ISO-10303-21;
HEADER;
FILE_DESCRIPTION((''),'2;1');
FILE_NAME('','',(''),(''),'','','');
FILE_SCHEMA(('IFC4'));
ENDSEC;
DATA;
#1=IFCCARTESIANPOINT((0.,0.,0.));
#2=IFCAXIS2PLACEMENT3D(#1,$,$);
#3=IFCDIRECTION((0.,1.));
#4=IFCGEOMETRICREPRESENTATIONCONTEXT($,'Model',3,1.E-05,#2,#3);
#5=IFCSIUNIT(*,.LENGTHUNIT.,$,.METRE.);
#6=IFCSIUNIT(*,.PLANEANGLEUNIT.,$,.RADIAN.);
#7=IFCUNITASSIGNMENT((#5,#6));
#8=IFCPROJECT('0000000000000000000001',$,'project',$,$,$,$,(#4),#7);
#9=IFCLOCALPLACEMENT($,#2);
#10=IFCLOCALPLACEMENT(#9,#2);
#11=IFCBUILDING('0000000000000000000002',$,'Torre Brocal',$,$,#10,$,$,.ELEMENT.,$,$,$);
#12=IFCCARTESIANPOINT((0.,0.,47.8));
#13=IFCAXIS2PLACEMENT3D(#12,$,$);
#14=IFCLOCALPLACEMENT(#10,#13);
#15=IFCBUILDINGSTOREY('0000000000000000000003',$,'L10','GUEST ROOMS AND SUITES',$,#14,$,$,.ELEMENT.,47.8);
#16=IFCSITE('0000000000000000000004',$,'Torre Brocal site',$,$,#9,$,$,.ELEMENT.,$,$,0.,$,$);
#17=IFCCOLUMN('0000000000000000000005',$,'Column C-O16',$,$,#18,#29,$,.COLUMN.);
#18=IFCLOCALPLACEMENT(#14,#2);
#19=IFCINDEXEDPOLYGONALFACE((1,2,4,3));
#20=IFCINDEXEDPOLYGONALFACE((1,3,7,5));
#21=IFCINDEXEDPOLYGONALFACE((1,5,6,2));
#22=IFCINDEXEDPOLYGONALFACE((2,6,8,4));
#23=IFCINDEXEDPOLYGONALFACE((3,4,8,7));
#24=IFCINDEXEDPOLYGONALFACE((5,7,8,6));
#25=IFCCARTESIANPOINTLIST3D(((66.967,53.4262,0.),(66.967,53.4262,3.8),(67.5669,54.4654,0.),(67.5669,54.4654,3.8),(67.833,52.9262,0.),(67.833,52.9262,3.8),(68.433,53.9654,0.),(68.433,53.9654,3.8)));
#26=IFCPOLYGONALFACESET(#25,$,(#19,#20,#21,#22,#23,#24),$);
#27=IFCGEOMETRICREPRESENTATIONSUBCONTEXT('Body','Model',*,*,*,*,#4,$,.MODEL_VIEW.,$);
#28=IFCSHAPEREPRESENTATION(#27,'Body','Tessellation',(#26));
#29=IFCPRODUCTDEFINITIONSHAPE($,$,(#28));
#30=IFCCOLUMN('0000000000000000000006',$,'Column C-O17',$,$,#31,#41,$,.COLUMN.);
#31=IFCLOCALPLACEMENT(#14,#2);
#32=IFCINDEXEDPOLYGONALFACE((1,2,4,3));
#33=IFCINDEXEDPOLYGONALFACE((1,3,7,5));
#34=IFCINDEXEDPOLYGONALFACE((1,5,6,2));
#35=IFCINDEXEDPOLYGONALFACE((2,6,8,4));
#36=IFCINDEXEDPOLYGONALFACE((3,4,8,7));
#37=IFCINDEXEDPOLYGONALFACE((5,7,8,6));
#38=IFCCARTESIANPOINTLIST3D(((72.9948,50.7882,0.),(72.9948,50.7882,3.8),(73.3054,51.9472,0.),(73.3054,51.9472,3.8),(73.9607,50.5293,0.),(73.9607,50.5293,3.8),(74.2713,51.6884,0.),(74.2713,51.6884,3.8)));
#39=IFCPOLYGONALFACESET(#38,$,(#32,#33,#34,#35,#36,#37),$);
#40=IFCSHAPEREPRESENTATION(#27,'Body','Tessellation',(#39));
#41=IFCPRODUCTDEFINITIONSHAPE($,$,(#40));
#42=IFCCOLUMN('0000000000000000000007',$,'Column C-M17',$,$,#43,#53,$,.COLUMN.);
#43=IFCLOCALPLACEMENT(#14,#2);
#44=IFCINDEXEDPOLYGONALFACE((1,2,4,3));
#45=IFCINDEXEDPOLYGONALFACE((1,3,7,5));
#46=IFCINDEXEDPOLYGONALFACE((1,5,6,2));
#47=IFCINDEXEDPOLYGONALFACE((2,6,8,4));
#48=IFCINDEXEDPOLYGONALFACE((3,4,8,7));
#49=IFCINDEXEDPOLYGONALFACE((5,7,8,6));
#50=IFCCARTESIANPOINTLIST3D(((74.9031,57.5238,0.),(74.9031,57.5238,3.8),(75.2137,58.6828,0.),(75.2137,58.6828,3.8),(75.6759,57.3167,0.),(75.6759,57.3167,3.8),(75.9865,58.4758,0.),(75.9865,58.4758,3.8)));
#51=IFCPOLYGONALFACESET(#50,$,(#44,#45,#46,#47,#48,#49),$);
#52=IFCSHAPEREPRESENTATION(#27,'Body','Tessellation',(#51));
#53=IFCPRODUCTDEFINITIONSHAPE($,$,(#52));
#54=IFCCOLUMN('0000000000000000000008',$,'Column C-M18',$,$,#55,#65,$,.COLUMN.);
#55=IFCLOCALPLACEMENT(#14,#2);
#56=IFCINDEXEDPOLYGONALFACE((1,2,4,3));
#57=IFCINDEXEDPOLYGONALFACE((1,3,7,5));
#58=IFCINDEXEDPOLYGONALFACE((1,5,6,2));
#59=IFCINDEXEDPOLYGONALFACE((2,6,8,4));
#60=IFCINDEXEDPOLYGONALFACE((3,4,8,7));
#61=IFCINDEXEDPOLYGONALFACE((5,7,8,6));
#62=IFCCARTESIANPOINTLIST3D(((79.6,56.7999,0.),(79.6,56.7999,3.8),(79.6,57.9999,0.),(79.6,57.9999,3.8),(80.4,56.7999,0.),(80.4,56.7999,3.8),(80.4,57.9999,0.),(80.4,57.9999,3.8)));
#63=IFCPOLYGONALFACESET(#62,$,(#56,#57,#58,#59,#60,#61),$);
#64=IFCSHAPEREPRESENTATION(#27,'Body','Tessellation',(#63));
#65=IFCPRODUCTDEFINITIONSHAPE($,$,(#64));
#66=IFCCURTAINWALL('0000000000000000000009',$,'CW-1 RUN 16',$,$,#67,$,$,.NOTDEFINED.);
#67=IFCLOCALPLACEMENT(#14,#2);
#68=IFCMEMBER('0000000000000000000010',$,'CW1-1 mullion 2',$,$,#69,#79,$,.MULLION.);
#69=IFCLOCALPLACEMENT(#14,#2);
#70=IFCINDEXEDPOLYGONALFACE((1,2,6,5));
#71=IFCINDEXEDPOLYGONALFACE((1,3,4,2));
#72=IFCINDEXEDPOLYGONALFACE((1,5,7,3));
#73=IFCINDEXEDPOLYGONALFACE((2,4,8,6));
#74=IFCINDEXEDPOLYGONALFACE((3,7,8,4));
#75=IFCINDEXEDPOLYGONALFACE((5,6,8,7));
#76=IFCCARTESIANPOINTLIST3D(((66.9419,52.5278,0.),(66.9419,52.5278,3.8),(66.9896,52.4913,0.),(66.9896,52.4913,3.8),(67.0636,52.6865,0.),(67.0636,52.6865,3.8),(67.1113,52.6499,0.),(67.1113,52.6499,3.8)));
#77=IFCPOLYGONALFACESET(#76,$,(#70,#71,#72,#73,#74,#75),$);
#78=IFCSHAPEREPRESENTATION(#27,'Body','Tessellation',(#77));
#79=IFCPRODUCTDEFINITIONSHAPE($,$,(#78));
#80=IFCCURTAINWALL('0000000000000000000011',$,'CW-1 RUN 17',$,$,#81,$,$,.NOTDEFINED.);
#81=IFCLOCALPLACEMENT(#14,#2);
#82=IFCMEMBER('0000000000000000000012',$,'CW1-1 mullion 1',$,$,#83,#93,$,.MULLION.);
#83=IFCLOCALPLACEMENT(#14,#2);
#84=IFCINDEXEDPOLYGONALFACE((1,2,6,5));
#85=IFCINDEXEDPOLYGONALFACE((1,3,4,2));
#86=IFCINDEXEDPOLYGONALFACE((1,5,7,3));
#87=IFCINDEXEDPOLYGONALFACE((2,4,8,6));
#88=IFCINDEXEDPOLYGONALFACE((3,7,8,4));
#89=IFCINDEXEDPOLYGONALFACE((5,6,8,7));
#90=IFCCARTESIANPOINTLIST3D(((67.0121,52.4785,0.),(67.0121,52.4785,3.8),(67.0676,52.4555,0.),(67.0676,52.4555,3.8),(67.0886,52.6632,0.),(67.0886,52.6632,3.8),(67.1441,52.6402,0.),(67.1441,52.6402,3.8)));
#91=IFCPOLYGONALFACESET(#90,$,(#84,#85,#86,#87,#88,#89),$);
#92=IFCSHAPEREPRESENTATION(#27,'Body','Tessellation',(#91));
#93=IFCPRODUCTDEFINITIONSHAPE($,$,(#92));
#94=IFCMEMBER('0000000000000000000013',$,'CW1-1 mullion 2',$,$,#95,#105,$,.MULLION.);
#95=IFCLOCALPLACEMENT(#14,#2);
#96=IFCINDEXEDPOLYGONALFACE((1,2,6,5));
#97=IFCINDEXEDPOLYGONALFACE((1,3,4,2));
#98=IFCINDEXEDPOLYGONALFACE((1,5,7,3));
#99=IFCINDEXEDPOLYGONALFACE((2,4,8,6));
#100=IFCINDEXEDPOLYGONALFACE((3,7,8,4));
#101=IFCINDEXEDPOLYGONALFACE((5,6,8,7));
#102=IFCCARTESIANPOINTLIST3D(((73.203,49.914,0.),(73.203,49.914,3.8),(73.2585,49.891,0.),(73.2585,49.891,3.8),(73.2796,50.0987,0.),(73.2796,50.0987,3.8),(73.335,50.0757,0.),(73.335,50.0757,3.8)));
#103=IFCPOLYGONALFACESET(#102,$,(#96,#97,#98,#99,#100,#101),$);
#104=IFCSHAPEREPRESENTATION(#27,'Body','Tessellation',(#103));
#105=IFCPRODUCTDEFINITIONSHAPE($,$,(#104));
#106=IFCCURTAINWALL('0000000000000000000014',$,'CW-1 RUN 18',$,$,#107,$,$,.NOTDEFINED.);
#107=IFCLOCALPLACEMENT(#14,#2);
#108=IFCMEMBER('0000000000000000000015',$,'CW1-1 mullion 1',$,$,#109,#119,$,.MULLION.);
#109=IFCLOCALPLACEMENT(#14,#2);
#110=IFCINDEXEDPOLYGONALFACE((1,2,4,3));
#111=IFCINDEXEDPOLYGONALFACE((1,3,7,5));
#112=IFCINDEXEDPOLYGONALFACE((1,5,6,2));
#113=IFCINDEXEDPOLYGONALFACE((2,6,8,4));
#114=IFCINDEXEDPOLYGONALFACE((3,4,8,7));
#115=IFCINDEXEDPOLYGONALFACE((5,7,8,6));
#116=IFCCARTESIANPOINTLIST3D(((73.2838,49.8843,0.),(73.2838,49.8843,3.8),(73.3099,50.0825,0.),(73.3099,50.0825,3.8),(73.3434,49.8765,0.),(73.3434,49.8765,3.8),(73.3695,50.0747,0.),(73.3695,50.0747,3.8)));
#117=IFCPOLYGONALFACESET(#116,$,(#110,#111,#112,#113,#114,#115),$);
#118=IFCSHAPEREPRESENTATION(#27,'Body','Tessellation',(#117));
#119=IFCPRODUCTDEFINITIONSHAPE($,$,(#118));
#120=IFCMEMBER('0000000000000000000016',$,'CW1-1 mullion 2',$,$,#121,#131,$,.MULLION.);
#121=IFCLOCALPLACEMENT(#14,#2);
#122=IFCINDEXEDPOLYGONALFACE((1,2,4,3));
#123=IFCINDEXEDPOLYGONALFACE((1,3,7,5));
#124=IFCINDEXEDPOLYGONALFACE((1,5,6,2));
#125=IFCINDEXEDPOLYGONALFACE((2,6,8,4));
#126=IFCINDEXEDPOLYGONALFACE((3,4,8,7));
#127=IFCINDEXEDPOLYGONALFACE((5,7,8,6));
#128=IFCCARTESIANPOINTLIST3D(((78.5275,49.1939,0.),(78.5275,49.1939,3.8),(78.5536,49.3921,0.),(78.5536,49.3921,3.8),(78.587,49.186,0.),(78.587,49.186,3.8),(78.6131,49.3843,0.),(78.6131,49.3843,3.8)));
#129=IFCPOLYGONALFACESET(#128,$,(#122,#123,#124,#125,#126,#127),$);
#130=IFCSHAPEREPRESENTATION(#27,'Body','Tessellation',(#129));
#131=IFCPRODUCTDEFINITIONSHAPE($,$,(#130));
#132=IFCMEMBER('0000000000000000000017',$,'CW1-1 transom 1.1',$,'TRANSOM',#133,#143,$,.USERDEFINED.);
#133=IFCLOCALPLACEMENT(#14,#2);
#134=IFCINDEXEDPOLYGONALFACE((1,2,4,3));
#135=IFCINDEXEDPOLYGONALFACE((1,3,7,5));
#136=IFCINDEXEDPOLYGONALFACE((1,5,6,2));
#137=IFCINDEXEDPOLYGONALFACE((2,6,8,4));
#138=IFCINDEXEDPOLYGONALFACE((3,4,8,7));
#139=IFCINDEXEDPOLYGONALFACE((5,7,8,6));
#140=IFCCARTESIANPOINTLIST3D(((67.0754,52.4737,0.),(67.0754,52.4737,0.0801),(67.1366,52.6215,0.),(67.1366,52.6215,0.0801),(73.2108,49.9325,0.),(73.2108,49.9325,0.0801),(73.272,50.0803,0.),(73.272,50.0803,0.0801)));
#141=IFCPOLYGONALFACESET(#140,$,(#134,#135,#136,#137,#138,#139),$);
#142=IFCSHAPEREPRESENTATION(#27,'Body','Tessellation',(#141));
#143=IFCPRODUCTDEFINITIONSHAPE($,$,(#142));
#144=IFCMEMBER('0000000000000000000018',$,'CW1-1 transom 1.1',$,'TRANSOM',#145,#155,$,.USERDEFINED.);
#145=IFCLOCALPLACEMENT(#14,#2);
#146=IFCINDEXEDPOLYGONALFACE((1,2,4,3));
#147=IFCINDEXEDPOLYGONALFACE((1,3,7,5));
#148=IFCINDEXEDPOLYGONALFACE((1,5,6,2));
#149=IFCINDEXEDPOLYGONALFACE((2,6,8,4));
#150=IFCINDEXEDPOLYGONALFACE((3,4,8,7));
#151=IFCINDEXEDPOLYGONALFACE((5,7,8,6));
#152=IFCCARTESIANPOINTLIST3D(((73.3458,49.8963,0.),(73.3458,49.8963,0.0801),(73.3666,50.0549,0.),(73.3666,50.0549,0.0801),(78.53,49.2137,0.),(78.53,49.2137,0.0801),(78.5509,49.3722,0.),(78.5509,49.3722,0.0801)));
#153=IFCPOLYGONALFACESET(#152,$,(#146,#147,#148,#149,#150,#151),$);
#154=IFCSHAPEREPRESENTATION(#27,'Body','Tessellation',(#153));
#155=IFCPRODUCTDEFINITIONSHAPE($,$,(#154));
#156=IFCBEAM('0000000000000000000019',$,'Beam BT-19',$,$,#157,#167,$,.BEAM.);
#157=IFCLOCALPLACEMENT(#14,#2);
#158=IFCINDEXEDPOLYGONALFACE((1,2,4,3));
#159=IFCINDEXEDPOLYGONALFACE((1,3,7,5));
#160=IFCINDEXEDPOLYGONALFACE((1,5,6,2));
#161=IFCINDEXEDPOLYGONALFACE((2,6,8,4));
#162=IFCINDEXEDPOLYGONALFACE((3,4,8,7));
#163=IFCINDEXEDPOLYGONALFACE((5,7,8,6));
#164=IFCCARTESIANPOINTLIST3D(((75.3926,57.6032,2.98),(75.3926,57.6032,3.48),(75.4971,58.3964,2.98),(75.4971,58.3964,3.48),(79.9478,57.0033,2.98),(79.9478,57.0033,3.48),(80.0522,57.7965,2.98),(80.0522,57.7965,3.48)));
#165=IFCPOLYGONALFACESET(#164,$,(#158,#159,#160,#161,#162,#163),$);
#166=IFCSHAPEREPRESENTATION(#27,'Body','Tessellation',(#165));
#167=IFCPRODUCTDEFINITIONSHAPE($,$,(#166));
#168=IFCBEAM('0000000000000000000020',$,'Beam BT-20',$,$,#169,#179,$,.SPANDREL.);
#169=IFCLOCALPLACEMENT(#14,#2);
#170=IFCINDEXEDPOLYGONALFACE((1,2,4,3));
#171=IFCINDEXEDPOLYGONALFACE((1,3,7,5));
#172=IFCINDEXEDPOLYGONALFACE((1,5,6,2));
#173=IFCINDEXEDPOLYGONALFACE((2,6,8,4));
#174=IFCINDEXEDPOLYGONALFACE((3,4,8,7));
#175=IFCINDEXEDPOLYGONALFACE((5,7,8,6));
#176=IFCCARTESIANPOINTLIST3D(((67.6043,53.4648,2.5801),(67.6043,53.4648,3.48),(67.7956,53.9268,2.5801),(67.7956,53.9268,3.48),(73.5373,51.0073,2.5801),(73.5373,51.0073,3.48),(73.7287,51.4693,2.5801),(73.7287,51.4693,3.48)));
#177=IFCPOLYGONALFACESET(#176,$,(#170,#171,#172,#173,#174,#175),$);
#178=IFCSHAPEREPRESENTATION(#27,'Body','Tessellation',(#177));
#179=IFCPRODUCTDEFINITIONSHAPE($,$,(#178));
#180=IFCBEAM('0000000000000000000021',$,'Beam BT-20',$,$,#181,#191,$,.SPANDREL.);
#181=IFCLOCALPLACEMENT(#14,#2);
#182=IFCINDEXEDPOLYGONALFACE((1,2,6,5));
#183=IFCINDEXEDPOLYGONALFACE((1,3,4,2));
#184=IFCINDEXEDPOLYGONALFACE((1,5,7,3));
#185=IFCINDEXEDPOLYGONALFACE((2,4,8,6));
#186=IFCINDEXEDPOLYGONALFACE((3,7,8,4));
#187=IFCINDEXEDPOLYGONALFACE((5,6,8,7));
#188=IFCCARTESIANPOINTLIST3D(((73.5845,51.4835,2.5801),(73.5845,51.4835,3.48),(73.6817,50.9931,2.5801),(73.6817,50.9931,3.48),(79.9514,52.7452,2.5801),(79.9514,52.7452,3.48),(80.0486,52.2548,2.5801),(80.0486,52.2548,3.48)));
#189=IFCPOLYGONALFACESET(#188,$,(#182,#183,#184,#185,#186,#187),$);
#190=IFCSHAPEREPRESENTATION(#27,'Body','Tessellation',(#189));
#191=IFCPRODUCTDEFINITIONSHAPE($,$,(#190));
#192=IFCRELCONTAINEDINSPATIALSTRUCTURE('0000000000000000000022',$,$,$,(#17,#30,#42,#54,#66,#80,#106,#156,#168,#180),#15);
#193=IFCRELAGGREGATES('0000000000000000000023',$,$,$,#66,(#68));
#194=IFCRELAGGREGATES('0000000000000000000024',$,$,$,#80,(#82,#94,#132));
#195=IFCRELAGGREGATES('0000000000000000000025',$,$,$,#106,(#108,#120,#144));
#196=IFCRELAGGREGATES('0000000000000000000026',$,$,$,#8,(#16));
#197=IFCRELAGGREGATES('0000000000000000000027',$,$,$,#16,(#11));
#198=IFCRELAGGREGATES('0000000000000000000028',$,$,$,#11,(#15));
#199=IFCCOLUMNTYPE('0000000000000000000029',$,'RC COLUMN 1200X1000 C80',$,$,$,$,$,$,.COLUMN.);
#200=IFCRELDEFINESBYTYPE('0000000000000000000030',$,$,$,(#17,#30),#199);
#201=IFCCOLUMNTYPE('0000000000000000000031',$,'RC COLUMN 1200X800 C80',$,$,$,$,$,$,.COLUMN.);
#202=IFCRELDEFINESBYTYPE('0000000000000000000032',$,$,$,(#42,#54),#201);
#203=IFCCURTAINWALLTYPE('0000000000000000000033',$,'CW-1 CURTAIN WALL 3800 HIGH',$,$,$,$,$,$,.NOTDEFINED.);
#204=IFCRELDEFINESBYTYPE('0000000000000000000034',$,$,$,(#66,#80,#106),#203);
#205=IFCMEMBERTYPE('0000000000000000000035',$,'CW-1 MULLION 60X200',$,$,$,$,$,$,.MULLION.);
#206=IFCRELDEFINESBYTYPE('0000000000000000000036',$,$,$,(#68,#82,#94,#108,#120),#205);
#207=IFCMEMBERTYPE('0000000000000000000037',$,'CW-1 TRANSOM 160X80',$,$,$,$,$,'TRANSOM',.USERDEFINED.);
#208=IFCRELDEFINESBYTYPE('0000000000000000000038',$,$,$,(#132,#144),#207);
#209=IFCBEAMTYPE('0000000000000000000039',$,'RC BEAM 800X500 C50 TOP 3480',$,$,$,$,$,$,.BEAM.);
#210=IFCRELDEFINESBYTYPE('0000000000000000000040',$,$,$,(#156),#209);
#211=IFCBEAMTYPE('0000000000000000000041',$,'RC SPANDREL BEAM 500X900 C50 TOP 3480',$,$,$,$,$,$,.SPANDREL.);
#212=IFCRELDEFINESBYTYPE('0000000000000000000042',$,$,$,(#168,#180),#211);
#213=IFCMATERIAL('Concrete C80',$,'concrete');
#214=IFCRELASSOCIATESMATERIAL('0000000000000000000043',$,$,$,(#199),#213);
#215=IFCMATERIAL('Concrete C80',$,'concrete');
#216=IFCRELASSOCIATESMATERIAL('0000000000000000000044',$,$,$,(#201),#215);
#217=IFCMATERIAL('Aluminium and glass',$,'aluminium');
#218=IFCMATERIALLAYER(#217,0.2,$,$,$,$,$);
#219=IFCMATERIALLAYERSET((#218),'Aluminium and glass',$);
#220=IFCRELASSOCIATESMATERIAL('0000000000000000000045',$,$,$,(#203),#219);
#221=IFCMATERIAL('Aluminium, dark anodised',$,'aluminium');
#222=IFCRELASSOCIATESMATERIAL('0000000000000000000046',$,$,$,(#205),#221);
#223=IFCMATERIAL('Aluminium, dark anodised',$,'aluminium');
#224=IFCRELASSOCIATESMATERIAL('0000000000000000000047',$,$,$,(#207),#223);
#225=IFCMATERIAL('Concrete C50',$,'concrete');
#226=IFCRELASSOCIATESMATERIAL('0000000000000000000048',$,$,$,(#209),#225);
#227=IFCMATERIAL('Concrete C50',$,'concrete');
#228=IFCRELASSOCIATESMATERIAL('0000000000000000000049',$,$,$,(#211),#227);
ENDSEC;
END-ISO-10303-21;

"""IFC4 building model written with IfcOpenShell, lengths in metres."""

from ifc_helpers import new_model, si_unit, direction, frame, origin, origin_2d, place, context, subcontext, project, spatial, rectangle, extrude, material, layer, layer_set, material_profile, profile_set, type_object, element, aggregate, save


model = new_model("IFC4")

# Units and contexts
model_context = context("Model", 3, precision=1e-05, world=origin(), true_north=direction((0.0, 1.0)))
body_context = subcontext(model_context, "Body", "Model", "MODEL_VIEW")
ifc_project = project(units=[si_unit("LENGTHUNIT", "METRE"), si_unit("PLANEANGLEUNIT", "RADIAN")], contexts=[model_context])

# Site, building, storey
site_placement = place(None, origin())
site = spatial("IfcSite", under=ifc_project, at=site_placement, Name="Torre Brocal site", CompositionType="ELEMENT", RefElevation=0.0)
building_placement = place(site_placement, origin())
building = spatial("IfcBuilding", under=site, at=building_placement, Name="Torre Brocal", CompositionType="ELEMENT")
storey_placement = place(building_placement, frame((0.0, 0.0, 47.8)))
storey = spatial("IfcBuildingStorey", under=building, at=storey_placement, Name="L10", Description="GUEST ROOMS AND SUITES", CompositionType="ELEMENT", Elevation=47.8)

# Columns
ifc_material_1 = material(Name="Concrete C80", Category="concrete")
ifc_material_profile_1 = material_profile(ifc_material_1, rectangle(XDim=1.2, YDim=1.0, at=origin_2d()), Name="RC 1200X1000")
ifc_profile_set_1 = profile_set([ifc_material_profile_1], Name="Concrete C80")
column_type_1 = type_object("IfcColumnType", Name="RC COLUMN 1200X1000 C80", PredefinedType="COLUMN", material=ifc_profile_set_1)
for number, where, z_axis, x_axis, name in (
    (1, (67.7, 53.6958, 0.0), (0.0, 0.0, 1.0), (-0.5, -0.866025, 0.0), "Column C-O16"),
    (2, (73.6331, 51.2383, 0.0), (0.0, 0.0, 1.0), (-0.258819, -0.965926, 0.0), "Column C-O17"),
):
    element("IfcColumn", number, at=place(storey_placement, frame(where, z_axis=z_axis, x_axis=x_axis)), inside=storey, type_object=column_type_1, Name=name, PredefinedType="COLUMN", context=body_context, shape_type="SweptSolid", body=[
        extrude(rectangle(XDim=1.2, YDim=1.0, at=origin_2d()), origin(), (0.0, 0.0, 1.0), 3.8),
    ])
ifc_material_2 = material(Name="Concrete C80", Category="concrete")
ifc_material_profile_2 = material_profile(ifc_material_2, rectangle(XDim=1.2, YDim=0.8, at=origin_2d()), Name="RC 1200X800")
ifc_profile_set_2 = profile_set([ifc_material_profile_2], Name="Concrete C80")
column_type_2 = type_object("IfcColumnType", Name="RC COLUMN 1200X800 C80", PredefinedType="COLUMN", material=ifc_profile_set_2)
for number, where, z_axis, x_axis, name in (
    (3, (75.4448, 57.9998, 0.0), (0.0, 0.0, 1.0), (-0.258819, -0.965926, 0.0), "Column C-M17"),
    (4, (80.0, 57.3999, 0.0), (0.0, 0.0, 1.0), (0.0, -1.0, 0.0), "Column C-M18"),
):
    element("IfcColumn", number, at=place(storey_placement, frame(where, z_axis=z_axis, x_axis=x_axis)), inside=storey, type_object=column_type_2, Name=name, PredefinedType="COLUMN", context=body_context, shape_type="SweptSolid", body=[
        extrude(rectangle(XDim=1.2, YDim=0.8, at=origin_2d()), origin(), (0.0, 0.0, 1.0), 3.8),
    ])

# Curtain wall, member
ifc_material_3 = material(Name="Aluminium and glass", Category="aluminium")
ifc_layer_1 = layer(ifc_material_3, 0.2)
ifc_layer_set_1 = layer_set([ifc_layer_1], Name="Aluminium and glass")
curtain_wall_type = type_object("IfcCurtainWallType", Name="CW-1 CURTAIN WALL 3800 HIGH", PredefinedType="NOTDEFINED", material=ifc_layer_set_1)
curtain_wall_1_placement = place(storey_placement, origin())
curtain_wall_1 = element("IfcCurtainWall", 5, at=curtain_wall_1_placement, inside=storey, type_object=curtain_wall_type, Name="CW-1 RUN 16", PredefinedType="NOTDEFINED")
ifc_material_4 = material(Name="Aluminium, dark anodised", Category="aluminium")
ifc_material_profile_3 = material_profile(ifc_material_4, rectangle(XDim=0.2, YDim=0.0601, at=origin_2d()), Name="CW-1 MULLION 60X200")
ifc_profile_set_3 = profile_set([ifc_material_profile_3], Name="Aluminium, dark anodised")
member_type_1 = type_object("IfcMemberType", Name="CW-1 MULLION 60X200", PredefinedType="MULLION", material=ifc_profile_set_3)
member_1_placement = place(storey_placement, frame((67.0266, 52.5889, 0.0), z_axis=(0.0, 0.0, 1.0), x_axis=(0.608761, 0.793353, 0.0)))
member_1 = element("IfcMember", 6, at=member_1_placement, type_object=member_type_1, Name="CW1-1 mullion 2", PredefinedType="MULLION", context=body_context, shape_type="SweptSolid", body=[
    extrude(rectangle(XDim=0.2, YDim=0.0601, at=origin_2d()), origin(), (0.0, 0.0, 1.0), 3.8),
])
aggregate(curtain_wall_1, [member_1])

# Curtain walls, members
curtain_wall_2_placement = place(storey_placement, origin())
curtain_wall_2 = element("IfcCurtainWall", 7, at=curtain_wall_2_placement, inside=storey, type_object=curtain_wall_type, Name="CW-1 RUN 17", PredefinedType="NOTDEFINED")
member_2_placement = place(storey_placement, frame((67.0781, 52.5593, 0.0), z_axis=(0.0, 0.0, 1.0), x_axis=(0.382683, 0.92388, 0.0)))
member_2 = element("IfcMember", 8, at=member_2_placement, type_object=member_type_1, Name="CW1-1 mullion 1", PredefinedType="MULLION", context=body_context, shape_type="SweptSolid", body=[
    extrude(rectangle(XDim=0.2, YDim=0.0601, at=origin_2d()), origin(), (0.0, 0.0, 1.0), 3.8),
])
member_3_placement = place(storey_placement, frame((73.269, 49.9949, 0.0), z_axis=(0.0, 0.0, 1.0), x_axis=(0.382683, 0.92388, 0.0)))
member_3 = element("IfcMember", 9, at=member_3_placement, type_object=member_type_1, Name="CW1-1 mullion 2", PredefinedType="MULLION", context=body_context, shape_type="SweptSolid", body=[
    extrude(rectangle(XDim=0.2, YDim=0.0601, at=origin_2d()), origin(), (0.0, 0.0, 1.0), 3.8),
])
curtain_wall_3_placement = place(storey_placement, origin())
curtain_wall_3 = element("IfcCurtainWall", 10, at=curtain_wall_3_placement, inside=storey, type_object=curtain_wall_type, Name="CW-1 RUN 18", PredefinedType="NOTDEFINED")
member_4_placement = place(storey_placement, frame((73.3267, 49.9795, 0.0), z_axis=(0.0, 0.0, 1.0), x_axis=(0.130526, 0.991445, 0.0)))
member_4 = element("IfcMember", 11, at=member_4_placement, type_object=member_type_1, Name="CW1-1 mullion 1", PredefinedType="MULLION", context=body_context, shape_type="SweptSolid", body=[
    extrude(rectangle(XDim=0.2, YDim=0.0601, at=origin_2d()), origin(), (0.0, 0.0, 1.0), 3.8),
])
member_5_placement = place(storey_placement, frame((78.5703, 49.2891, 0.0), z_axis=(0.0, 0.0, 1.0), x_axis=(0.130526, 0.991445, 0.0)))
member_5 = element("IfcMember", 12, at=member_5_placement, type_object=member_type_1, Name="CW1-1 mullion 2", PredefinedType="MULLION", context=body_context, shape_type="SweptSolid", body=[
    extrude(rectangle(XDim=0.2, YDim=0.0601, at=origin_2d()), origin(), (0.0, 0.0, 1.0), 3.8),
])

# Members
ifc_material_5 = material(Name="Aluminium, dark anodised", Category="aluminium")
ifc_material_profile_4 = material_profile(ifc_material_5, rectangle(XDim=0.1599, YDim=0.0801, at=origin_2d()), Name="CW-1 TRANSOM 160X80")
ifc_profile_set_4 = profile_set([ifc_material_profile_4], Name="Aluminium, dark anodised")
member_type_2 = type_object("IfcMemberType", Name="CW-1 TRANSOM 160X80", ElementType="TRANSOM", PredefinedType="USERDEFINED", material=ifc_profile_set_4)
member_6_placement = place(storey_placement, frame((67.106, 52.5476, 0.04), z_axis=(0.923887, -0.382665, 0.0), x_axis=(0.382665, 0.923887, 0.0)))
member_6 = element("IfcMember", 13, at=member_6_placement, type_object=member_type_2, Name="CW1-1 transom 1.1", ObjectType="TRANSOM", PredefinedType="USERDEFINED", context=body_context, shape_type="SweptSolid", body=[
    extrude(rectangle(XDim=0.1599, YDim=0.0801, at=origin_2d()), origin(), (0.0, 0.0, 1.0), 6.6409),
])
member_7_placement = place(storey_placement, frame((73.3562, 49.9756, 0.04), z_axis=(0.991443, -0.130543, 0.0), x_axis=(0.130543, 0.991443, 0.0)))
member_7 = element("IfcMember", 14, at=member_7_placement, type_object=member_type_2, Name="CW1-1 transom 1.1", ObjectType="TRANSOM", PredefinedType="USERDEFINED", context=body_context, shape_type="SweptSolid", body=[
    extrude(rectangle(XDim=0.1599, YDim=0.0801, at=origin_2d()), origin(), (0.0, 0.0, 1.0), 5.229),
])

# Beams
ifc_material_6 = material(Name="Concrete C50", Category="concrete")
ifc_material_profile_5 = material_profile(ifc_material_6, rectangle(XDim=0.8, YDim=0.5, at=origin_2d()), Name="RC 800X500")
ifc_profile_set_5 = profile_set([ifc_material_profile_5], Name="Concrete C50")
beam_type_1 = type_object("IfcBeamType", Name="RC BEAM 800X500 C50 TOP 3480", PredefinedType="BEAM", material=ifc_profile_set_5)
beam_1_placement = place(storey_placement, frame((75.4448, 57.9998, 3.23), z_axis=(0.991441, -0.130559, 0.0), x_axis=(0.130559, 0.991441, 0.0)))
element("IfcBeam", 15, at=beam_1_placement, inside=storey, type_object=beam_type_1, Name="Beam BT-19", PredefinedType="BEAM", context=body_context, shape_type="SweptSolid", body=[
    extrude(rectangle(XDim=0.8, YDim=0.5, at=origin_2d()), origin(), (0.0, 0.0, 1.0), 4.5945),
])
ifc_material_7 = material(Name="Concrete C50", Category="concrete")
ifc_material_profile_6 = material_profile(ifc_material_7, rectangle(XDim=0.5, YDim=0.8999, at=origin_2d()), Name="RC 500X900")
ifc_profile_set_6 = profile_set([ifc_material_profile_6], Name="Concrete C50")
beam_type_2 = type_object("IfcBeamType", Name="RC SPANDREL BEAM 500X900 C50 TOP 3480", PredefinedType="SPANDREL", material=ifc_profile_set_6)
beam_2_placement = place(storey_placement, frame((67.7, 53.6958, 3.03), z_axis=(0.923882, -0.382676, 0.0), x_axis=(0.382676, 0.923882, 0.0)))
element("IfcBeam", 16, at=beam_2_placement, inside=storey, type_object=beam_type_2, Name="Beam BT-20", PredefinedType="SPANDREL", context=body_context, shape_type="SweptSolid", body=[
    extrude(rectangle(XDim=0.5, YDim=0.8999, at=origin_2d()), origin(), (0.0, 0.0, 1.0), 6.4219),
])
beam_3_placement = place(storey_placement, frame((73.6331, 51.2383, 3.03), z_axis=(0.980925, 0.194387, 0.0), x_axis=(-0.194387, 0.980925, 0.0)))
element("IfcBeam", 17, at=beam_3_placement, inside=storey, type_object=beam_type_2, Name="Beam BT-20", PredefinedType="SPANDREL", context=body_context, shape_type="SweptSolid", body=[
    extrude(rectangle(XDim=0.5, YDim=0.8999, at=origin_2d()), origin(), (0.0, 0.0, 1.0), 6.4907),
])

aggregate(curtain_wall_2, [member_2, member_3, member_6])
aggregate(curtain_wall_3, [member_4, member_5, member_7])

save(model, "model.ifc")
